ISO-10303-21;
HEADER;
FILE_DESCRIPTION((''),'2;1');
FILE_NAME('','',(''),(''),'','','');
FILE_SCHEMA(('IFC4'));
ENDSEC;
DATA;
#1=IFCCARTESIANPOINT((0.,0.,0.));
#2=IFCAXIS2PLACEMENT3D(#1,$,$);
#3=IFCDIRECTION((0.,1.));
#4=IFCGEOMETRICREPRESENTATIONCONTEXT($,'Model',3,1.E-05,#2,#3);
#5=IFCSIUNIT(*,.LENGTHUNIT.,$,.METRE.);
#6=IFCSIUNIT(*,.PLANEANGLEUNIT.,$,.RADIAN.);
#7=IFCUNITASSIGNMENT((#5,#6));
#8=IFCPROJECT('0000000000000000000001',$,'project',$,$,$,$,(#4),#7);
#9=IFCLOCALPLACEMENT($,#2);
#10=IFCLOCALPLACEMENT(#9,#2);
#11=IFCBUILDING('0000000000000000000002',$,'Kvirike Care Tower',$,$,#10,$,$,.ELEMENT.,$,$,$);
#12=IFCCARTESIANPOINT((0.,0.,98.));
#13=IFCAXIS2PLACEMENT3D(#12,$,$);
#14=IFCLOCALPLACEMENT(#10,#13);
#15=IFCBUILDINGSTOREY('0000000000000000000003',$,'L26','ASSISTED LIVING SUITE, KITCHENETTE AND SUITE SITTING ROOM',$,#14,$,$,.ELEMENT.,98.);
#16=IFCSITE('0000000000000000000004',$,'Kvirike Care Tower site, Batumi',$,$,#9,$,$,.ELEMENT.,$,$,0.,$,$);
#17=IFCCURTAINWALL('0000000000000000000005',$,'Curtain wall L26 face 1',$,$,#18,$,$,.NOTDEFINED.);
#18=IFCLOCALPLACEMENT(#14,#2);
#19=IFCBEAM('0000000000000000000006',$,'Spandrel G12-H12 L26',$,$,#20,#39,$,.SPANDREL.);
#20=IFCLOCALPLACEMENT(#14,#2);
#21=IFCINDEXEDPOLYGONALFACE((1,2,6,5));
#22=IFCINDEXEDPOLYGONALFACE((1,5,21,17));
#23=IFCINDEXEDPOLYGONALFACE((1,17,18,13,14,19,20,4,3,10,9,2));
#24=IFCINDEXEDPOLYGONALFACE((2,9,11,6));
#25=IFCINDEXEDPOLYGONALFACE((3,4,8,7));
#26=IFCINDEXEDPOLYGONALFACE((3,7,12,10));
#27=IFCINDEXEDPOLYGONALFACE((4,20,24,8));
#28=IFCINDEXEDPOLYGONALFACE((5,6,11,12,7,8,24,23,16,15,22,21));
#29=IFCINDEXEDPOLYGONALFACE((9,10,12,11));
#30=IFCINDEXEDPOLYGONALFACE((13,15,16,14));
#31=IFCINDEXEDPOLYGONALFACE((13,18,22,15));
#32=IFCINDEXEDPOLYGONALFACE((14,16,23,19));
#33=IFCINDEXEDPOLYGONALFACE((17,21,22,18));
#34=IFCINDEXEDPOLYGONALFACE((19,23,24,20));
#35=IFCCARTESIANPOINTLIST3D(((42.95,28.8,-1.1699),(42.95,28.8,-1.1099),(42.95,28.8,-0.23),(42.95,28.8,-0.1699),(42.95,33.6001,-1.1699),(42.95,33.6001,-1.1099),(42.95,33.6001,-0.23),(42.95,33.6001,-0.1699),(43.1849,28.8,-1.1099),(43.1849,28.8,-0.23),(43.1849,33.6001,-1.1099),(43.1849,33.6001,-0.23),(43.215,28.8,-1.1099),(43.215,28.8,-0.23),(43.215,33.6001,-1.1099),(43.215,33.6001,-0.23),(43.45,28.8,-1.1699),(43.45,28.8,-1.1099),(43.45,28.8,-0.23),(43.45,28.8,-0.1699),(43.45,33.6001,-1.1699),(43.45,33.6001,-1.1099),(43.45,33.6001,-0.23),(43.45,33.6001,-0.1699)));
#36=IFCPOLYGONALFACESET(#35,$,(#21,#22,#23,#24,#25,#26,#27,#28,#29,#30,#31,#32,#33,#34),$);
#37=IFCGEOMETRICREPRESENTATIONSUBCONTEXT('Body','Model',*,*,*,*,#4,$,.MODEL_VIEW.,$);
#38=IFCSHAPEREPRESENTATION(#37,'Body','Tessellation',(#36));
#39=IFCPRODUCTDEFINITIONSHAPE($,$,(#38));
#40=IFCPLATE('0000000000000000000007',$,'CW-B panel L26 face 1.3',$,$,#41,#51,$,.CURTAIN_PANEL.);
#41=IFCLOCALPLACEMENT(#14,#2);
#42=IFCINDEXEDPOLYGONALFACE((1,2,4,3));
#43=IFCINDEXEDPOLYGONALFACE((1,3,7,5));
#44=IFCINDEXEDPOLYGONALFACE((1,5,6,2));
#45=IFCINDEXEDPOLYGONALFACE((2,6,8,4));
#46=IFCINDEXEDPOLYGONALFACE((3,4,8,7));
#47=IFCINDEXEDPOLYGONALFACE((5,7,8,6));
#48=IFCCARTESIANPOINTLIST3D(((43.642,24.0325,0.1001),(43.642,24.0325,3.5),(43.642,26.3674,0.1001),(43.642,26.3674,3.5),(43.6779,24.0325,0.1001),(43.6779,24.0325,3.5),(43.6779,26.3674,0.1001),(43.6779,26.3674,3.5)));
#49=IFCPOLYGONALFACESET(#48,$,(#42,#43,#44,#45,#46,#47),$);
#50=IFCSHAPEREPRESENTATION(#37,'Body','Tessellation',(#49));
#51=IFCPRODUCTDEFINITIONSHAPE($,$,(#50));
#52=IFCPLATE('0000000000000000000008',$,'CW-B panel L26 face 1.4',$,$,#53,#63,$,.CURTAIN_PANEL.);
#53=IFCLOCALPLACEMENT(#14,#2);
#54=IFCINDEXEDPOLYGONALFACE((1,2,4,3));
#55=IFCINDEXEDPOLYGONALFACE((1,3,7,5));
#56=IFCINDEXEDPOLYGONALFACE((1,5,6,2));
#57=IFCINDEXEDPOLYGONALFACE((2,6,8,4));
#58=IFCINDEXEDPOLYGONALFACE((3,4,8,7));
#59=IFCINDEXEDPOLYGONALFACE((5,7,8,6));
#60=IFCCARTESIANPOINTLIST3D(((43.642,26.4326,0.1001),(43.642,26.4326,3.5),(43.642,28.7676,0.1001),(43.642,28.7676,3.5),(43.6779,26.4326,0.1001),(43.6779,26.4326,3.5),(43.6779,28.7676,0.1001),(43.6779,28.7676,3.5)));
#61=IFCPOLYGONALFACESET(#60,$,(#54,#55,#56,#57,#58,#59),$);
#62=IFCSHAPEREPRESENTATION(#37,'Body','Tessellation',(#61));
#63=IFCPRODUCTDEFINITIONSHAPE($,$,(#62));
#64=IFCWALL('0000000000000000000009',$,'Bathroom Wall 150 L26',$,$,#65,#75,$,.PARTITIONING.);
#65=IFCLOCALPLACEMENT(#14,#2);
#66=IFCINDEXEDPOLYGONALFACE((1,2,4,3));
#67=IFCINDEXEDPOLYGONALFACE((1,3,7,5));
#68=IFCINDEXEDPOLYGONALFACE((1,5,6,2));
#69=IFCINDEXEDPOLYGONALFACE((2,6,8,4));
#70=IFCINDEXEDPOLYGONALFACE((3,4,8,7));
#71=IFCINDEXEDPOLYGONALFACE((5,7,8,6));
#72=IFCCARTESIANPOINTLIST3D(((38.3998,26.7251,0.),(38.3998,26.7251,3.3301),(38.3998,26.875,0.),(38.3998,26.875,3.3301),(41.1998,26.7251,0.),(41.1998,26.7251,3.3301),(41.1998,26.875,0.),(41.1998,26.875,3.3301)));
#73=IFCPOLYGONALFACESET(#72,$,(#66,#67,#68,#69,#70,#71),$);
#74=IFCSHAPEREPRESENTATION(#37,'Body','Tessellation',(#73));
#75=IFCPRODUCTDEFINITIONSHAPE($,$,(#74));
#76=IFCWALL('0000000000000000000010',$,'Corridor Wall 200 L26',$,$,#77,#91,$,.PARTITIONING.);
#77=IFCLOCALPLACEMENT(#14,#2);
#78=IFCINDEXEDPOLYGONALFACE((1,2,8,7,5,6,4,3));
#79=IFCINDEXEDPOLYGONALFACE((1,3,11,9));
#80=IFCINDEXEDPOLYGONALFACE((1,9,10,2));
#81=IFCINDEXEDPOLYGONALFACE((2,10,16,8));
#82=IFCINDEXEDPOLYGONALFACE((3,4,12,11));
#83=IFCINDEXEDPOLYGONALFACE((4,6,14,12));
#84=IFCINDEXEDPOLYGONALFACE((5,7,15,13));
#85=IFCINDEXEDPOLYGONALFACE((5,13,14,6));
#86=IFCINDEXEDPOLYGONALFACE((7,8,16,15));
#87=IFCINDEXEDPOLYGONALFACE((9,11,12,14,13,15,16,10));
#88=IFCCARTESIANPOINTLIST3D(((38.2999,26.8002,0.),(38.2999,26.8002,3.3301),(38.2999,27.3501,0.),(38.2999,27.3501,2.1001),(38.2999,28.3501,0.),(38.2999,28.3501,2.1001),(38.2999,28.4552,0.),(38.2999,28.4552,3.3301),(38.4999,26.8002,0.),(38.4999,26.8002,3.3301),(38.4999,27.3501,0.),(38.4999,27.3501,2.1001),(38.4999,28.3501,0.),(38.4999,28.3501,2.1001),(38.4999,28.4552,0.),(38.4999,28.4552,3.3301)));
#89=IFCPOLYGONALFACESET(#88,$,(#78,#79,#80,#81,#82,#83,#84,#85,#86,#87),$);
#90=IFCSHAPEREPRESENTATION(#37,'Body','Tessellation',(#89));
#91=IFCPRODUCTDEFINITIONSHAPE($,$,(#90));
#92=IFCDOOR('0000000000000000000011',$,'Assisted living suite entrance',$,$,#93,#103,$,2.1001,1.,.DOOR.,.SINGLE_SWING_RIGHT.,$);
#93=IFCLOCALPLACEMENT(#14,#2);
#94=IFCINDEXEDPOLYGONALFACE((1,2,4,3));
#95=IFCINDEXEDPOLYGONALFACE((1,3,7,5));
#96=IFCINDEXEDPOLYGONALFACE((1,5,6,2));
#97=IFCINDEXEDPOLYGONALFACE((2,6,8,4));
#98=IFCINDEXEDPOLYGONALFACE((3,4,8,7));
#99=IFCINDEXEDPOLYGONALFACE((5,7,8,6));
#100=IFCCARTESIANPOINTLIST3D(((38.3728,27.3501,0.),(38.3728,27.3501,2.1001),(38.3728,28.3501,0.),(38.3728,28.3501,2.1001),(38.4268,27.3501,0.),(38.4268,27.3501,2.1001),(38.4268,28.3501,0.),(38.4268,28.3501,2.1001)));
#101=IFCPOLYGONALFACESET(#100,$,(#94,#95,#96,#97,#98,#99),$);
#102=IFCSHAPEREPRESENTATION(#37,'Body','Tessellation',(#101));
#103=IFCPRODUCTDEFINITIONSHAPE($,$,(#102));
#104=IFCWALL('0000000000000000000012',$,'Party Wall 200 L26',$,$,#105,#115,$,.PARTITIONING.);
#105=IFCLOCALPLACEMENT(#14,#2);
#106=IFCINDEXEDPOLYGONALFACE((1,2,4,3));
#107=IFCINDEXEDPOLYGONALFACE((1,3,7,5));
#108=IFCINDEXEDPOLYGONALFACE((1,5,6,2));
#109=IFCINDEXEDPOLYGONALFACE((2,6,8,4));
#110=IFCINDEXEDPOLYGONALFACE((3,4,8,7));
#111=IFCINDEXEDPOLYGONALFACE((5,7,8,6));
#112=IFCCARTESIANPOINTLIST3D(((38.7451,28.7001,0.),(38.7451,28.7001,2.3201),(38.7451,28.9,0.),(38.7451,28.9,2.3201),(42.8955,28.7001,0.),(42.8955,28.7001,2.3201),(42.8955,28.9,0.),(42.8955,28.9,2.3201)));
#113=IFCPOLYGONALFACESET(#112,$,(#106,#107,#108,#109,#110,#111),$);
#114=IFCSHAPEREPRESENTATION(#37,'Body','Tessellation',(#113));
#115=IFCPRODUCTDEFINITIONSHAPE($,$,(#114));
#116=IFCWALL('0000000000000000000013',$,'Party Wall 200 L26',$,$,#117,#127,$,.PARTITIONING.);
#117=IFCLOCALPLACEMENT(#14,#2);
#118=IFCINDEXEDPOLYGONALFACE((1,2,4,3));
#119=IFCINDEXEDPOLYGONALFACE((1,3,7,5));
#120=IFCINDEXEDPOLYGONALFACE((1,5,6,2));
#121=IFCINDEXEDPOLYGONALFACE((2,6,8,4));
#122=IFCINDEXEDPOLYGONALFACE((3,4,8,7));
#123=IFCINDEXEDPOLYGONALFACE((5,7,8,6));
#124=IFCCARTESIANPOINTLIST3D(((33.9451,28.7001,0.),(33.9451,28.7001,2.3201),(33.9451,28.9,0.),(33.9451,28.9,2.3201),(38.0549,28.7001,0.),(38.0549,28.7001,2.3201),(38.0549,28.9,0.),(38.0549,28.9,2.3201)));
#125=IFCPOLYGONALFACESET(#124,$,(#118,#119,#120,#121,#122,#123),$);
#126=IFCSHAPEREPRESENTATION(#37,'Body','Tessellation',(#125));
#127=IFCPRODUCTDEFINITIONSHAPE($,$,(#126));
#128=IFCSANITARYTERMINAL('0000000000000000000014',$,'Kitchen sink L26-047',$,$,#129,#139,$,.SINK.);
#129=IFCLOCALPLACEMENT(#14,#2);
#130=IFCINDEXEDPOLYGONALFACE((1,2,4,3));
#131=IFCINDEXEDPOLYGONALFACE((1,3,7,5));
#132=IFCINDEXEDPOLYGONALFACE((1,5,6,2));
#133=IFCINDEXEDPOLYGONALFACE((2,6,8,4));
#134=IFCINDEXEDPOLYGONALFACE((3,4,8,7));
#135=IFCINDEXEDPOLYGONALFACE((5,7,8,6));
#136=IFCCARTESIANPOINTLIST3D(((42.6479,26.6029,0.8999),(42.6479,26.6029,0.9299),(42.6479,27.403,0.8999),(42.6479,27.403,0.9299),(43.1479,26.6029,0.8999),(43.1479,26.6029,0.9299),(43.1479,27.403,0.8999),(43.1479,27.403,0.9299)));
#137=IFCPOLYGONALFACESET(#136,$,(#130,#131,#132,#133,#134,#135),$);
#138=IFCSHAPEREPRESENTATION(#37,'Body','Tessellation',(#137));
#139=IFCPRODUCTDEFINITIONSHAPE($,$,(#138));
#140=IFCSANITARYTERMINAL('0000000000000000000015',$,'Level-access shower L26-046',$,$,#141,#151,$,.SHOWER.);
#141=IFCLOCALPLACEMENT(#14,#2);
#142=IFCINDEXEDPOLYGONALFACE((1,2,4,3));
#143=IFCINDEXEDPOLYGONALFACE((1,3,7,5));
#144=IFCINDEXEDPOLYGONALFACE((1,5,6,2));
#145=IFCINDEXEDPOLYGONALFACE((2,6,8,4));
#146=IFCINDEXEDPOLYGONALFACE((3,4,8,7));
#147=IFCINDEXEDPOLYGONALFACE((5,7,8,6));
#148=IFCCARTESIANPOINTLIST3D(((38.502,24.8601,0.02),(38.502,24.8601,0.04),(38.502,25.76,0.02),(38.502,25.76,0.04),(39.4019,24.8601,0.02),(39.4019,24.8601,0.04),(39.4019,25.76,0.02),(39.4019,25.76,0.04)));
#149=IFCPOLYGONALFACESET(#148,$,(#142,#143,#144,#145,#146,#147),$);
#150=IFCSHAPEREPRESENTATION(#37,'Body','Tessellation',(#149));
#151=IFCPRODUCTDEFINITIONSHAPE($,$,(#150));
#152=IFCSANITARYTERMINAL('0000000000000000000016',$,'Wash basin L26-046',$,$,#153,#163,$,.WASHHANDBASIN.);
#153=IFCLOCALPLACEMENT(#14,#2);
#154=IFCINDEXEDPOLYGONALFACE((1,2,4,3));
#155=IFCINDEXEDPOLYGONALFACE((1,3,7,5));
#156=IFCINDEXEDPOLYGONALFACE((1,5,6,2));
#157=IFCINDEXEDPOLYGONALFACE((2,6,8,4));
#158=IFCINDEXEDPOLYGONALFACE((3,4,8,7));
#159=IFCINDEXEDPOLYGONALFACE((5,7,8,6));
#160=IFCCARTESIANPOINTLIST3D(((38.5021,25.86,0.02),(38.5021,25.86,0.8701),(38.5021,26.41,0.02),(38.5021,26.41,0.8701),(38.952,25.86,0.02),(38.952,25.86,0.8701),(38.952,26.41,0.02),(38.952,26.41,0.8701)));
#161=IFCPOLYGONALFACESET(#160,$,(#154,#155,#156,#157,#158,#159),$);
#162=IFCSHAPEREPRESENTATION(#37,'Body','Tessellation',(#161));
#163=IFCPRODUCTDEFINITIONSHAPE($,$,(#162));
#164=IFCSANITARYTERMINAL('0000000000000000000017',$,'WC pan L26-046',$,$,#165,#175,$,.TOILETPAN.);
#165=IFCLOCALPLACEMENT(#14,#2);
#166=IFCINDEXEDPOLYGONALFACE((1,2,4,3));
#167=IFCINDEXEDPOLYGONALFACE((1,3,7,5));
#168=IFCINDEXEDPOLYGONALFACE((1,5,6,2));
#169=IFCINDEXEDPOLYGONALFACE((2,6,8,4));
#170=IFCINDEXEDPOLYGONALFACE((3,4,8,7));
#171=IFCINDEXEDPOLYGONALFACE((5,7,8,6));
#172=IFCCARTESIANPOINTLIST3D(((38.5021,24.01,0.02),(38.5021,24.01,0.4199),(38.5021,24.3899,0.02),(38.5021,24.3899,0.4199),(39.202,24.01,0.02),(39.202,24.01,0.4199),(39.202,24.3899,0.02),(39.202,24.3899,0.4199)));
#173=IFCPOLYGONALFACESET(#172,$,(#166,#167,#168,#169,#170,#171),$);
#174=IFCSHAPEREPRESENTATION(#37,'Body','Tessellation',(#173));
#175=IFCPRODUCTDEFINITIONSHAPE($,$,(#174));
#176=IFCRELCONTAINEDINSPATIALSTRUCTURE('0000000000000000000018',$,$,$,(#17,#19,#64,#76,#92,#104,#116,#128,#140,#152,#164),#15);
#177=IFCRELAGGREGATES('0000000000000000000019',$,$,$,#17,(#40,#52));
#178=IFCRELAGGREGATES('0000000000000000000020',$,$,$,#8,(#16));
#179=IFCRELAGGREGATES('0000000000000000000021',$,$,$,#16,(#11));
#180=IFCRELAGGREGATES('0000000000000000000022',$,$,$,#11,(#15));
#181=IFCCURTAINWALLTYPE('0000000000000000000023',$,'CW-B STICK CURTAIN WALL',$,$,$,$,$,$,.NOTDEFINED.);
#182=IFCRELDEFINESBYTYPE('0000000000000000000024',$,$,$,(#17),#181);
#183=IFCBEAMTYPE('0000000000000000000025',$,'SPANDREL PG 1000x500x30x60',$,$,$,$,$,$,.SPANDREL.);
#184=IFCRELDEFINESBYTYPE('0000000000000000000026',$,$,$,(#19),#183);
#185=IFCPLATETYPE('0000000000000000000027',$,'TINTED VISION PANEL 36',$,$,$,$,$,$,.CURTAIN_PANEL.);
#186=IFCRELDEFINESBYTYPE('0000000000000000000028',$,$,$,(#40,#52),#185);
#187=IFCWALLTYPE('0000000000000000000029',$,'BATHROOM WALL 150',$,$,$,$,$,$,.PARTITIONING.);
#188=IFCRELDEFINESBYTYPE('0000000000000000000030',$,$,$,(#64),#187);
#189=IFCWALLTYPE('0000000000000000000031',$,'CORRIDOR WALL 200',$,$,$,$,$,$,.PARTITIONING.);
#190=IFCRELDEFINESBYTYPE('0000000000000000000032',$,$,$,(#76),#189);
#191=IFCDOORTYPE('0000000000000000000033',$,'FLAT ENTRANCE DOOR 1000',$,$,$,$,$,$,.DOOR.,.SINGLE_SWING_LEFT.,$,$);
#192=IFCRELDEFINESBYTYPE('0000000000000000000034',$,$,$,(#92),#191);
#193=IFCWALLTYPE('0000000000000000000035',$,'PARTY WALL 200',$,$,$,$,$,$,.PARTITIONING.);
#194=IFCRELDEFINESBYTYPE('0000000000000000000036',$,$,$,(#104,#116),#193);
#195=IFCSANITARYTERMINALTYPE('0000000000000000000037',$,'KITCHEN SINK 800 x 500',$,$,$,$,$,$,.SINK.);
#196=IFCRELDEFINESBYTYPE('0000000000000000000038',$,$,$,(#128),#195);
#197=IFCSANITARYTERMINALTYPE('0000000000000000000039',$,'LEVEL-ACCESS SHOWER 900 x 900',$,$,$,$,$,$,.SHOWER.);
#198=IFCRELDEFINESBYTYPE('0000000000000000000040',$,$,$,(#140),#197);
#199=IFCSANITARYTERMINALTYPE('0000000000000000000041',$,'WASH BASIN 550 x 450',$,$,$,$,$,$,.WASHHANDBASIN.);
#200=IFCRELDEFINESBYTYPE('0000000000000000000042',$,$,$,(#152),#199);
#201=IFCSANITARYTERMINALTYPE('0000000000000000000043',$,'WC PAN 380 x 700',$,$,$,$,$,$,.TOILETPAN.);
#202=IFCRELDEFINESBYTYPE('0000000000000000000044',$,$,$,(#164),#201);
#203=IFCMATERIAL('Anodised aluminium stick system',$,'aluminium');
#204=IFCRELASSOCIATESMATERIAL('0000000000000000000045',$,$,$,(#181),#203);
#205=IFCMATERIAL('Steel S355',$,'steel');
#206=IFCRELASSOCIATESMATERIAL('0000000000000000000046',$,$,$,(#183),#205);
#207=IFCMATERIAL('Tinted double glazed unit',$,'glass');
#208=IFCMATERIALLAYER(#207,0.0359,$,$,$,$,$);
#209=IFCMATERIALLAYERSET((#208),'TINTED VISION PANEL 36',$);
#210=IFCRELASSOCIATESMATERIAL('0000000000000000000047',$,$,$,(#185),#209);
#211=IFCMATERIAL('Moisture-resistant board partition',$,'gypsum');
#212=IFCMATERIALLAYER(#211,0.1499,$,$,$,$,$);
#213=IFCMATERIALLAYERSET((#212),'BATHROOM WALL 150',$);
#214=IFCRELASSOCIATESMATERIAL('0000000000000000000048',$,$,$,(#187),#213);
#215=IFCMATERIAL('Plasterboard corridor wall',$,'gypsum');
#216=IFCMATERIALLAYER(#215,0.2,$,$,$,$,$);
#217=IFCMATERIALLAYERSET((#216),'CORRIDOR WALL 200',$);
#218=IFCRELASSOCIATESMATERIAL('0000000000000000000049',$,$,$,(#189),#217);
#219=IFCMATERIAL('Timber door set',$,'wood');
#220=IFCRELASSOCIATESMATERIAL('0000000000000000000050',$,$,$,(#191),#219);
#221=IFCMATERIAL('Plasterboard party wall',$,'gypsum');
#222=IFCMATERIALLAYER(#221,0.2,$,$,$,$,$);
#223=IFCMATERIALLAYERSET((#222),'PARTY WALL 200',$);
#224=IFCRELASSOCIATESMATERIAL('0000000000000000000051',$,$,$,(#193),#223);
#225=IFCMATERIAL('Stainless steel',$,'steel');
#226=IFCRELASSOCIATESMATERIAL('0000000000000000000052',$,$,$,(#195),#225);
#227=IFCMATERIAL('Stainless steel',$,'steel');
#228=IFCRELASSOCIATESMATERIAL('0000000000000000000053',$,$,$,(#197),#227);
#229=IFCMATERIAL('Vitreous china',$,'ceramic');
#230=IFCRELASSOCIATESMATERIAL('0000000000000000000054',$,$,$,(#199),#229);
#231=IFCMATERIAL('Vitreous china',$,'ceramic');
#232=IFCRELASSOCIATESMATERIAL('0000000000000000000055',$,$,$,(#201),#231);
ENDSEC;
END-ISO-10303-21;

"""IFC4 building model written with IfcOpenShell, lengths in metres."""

from ifc_helpers import new_model, si_unit, direction, frame, frame_2d, origin, origin_2d, place, context, subcontext, project, spatial, rectangle, i_section, extrude, material, layer, layer_set, material_profile, profile_set, type_object, element, fill, aggregate, save


model = new_model("IFC4")

# Units and contexts
model_context = context("Model", 3, precision=1e-05, world=origin(), true_north=direction((0.0, 1.0)))
body_context = subcontext(model_context, "Body", "Model", "MODEL_VIEW")
ifc_project = project(units=[si_unit("LENGTHUNIT", "METRE"), si_unit("PLANEANGLEUNIT", "RADIAN")], contexts=[model_context])

# Site, building, storey
site_placement = place(None, origin())
site = spatial("IfcSite", under=ifc_project, at=site_placement, Name="Kvirike Care Tower site, Batumi", CompositionType="ELEMENT", RefElevation=0.0)
building_placement = place(site_placement, origin())
building = spatial("IfcBuilding", under=site, at=building_placement, Name="Kvirike Care Tower", CompositionType="ELEMENT")
storey_placement = place(building_placement, frame((0.0, 0.0, 98.0)))
storey = spatial("IfcBuildingStorey", under=building, at=storey_placement, Name="L26", Description="ASSISTED LIVING SUITE, KITCHENETTE AND SUITE SITTING ROOM", CompositionType="ELEMENT", Elevation=98.0)

# Curtain wall
ifc_material_1 = material(Name="Anodised aluminium stick system", Category="aluminium")
curtain_wall_type = type_object("IfcCurtainWallType", Name="CW-B STICK CURTAIN WALL", PredefinedType="NOTDEFINED", material=ifc_material_1)
curtain_wall_placement = place(storey_placement, origin())
curtain_wall = element("IfcCurtainWall", 1, at=curtain_wall_placement, inside=storey, type_object=curtain_wall_type, Name="Curtain wall L26 face 1", PredefinedType="NOTDEFINED")

# Beam
ifc_material_2 = material(Name="Steel S355", Category="steel")
ifc_material_profile_1 = material_profile(ifc_material_2, i_section(OverallWidth=0.5, OverallDepth=1.0, WebThickness=0.03, FlangeThickness=0.0601, at=origin_2d()), Name="PG 1000x500x30x60")
ifc_profile_set_1 = profile_set([ifc_material_profile_1], Name="Steel S355")
beam_type_1 = type_object("IfcBeamType", Name="SPANDREL PG 1000x500x30x60", PredefinedType="SPANDREL", material=ifc_profile_set_1)
beam_1_placement = place(storey_placement, frame((43.2, 28.8, -0.6699), z_axis=(0.0, 1.0, 0.0), x_axis=(-1.0, 0.0, 0.0)))
element("IfcBeam", 2, at=beam_1_placement, inside=storey, type_object=beam_type_1, Name="Spandrel G12-H12 L26", PredefinedType="SPANDREL", context=body_context, shape_type="SweptSolid", body=[
    extrude(i_section(OverallWidth=0.5, OverallDepth=1.0, WebThickness=0.03, FlangeThickness=0.0601, at=origin_2d()), origin(), (0.0, 0.0, 1.0), 4.8),
])

# Plates
ifc_material_3 = material(Name="Tinted double glazed unit", Category="glass")
ifc_layer_1 = layer(ifc_material_3, 0.0359)
ifc_layer_set_1 = layer_set([ifc_layer_1], Name="TINTED VISION PANEL 36")
plate_type = type_object("IfcPlateType", Name="TINTED VISION PANEL 36", PredefinedType="CURTAIN_PANEL", material=ifc_layer_set_1)
plate_1_placement = place(storey_placement, frame((43.6599, 25.2, 0.1001), z_axis=(0.0, 0.0, 1.0), x_axis=(0.0, 1.0, 0.0)))
plate_1 = element("IfcPlate", 3, at=plate_1_placement, type_object=plate_type, Name="CW-B panel L26 face 1.3", PredefinedType="CURTAIN_PANEL", context=body_context, shape_type="SweptSolid", body=[
    extrude(rectangle(XDim=2.335, YDim=0.0359, at=origin_2d()), origin(), (0.0, 0.0, 1.0), 3.3999),
])
plate_2_placement = place(storey_placement, frame((43.6599, 27.6001, 0.1001), z_axis=(0.0, 0.0, 1.0), x_axis=(0.0, 1.0, 0.0)))
plate_2 = element("IfcPlate", 4, at=plate_2_placement, type_object=plate_type, Name="CW-B panel L26 face 1.4", PredefinedType="CURTAIN_PANEL", context=body_context, shape_type="SweptSolid", body=[
    extrude(rectangle(XDim=2.335, YDim=0.0359, at=origin_2d()), origin(), (0.0, 0.0, 1.0), 3.3999),
])
aggregate(curtain_wall, [plate_1, plate_2])

# Wall
ifc_material_4 = material(Name="Moisture-resistant board partition", Category="gypsum")
ifc_layer_2 = layer(ifc_material_4, 0.1499)
ifc_layer_set_2 = layer_set([ifc_layer_2], Name="BATHROOM WALL 150")
wall_type_1 = type_object("IfcWallType", Name="BATHROOM WALL 150", PredefinedType="PARTITIONING", material=ifc_layer_set_2)
wall_1_placement = place(storey_placement, frame((38.3999, 26.8, 0.0), z_axis=(0.0, 0.0, 1.0), x_axis=(1.0, 0.0, 0.0)))
element("IfcWall", 5, at=wall_1_placement, inside=storey, type_object=wall_type_1, Name="Bathroom Wall 150 L26", PredefinedType="PARTITIONING", context=body_context, shape_type="SweptSolid", body=[
    extrude(rectangle(XDim=2.8, YDim=0.1499, at=frame_2d((1.3999, 0.0))), origin(), (0.0, 0.0, 1.0), 3.3301),
])

# Wall, opening, door
ifc_material_5 = material(Name="Plasterboard corridor wall", Category="gypsum")
ifc_layer_3 = layer(ifc_material_5, 0.2)
ifc_layer_set_3 = layer_set([ifc_layer_3], Name="CORRIDOR WALL 200")
wall_type_2 = type_object("IfcWallType", Name="CORRIDOR WALL 200", PredefinedType="PARTITIONING", material=ifc_layer_set_3)
wall_2_placement = place(storey_placement, frame((38.3999, 26.8, 0.0), z_axis=(0.0, 0.0, 1.0), x_axis=(0.0, 1.0, 0.0)))
wall_2 = element("IfcWall", 6, at=wall_2_placement, inside=storey, type_object=wall_type_2, Name="Corridor Wall 200 L26", PredefinedType="PARTITIONING", context=body_context, shape_type="SweptSolid", body=[
    extrude(rectangle(XDim=1.655, YDim=0.2, at=frame_2d((0.8276, 0.0))), origin(), (0.0, 0.0, 1.0), 3.3301),
])
opening_placement = place(wall_2_placement, frame((0.55, 0.0, 0.0)))
opening = element("IfcOpeningElement", 7, at=opening_placement, cuts=wall_2, PredefinedType="OPENING", context=body_context, shape_type="SweptSolid", body=[
    extrude(rectangle(XDim=1.0, YDim=2.1001, at=frame_2d((0.5, 1.05))), frame((0.0, 0.1106, 0.0), z_axis=(0.0, -1.0, 0.0), x_axis=(1.0, 0.0, 0.0)), (0.0, 0.0, 1.0), 0.2209),
])
ifc_material_6 = material(Name="Timber door set", Category="wood")
door_type = type_object("IfcDoorType", Name="FLAT ENTRANCE DOOR 1000", OperationType="SINGLE_SWING_LEFT", PredefinedType="DOOR", material=ifc_material_6)
door_placement = place(opening_placement, frame((1.0, 0.0, 0.0), z_axis=(0.0, 0.0, 1.0), x_axis=(-1.0, 0.0, 0.0)))
door = element("IfcDoor", 8, at=door_placement, inside=storey, type_object=door_type, Name="Assisted living suite entrance", OperationType="SINGLE_SWING_RIGHT", OverallHeight=2.1001, OverallWidth=1.0, PredefinedType="DOOR", context=body_context, shape_type="SweptSolid", body=[
    extrude(rectangle(XDim=1.0, YDim=2.1001, at=frame_2d((0.5, 1.05))), frame((0.0, 0.0269, 0.0), z_axis=(0.0, -1.0, 0.0), x_axis=(1.0, 0.0, 0.0)), (0.0, 0.0, 1.0), 0.054),
])
fill(opening, door)

# Walls
ifc_material_7 = material(Name="Plasterboard party wall", Category="gypsum")
ifc_layer_4 = layer(ifc_material_7, 0.2)
ifc_layer_set_4 = layer_set([ifc_layer_4], Name="PARTY WALL 200")
wall_type_3 = type_object("IfcWallType", Name="PARTY WALL 200", PredefinedType="PARTITIONING", material=ifc_layer_set_4)
wall_3_placement = place(storey_placement, frame((42.8955, 28.8, 0.0), z_axis=(0.0, 0.0, 1.0), x_axis=(-1.0, 0.0, 0.0)))
element("IfcWall", 9, at=wall_3_placement, inside=storey, type_object=wall_type_3, Name="Party Wall 200 L26", PredefinedType="PARTITIONING", context=body_context, shape_type="SweptSolid", body=[
    extrude(rectangle(XDim=4.1504, YDim=0.2, at=frame_2d((2.0752, 0.0))), origin(), (0.0, 0.0, 1.0), 2.3201),
])
wall_4_placement = place(storey_placement, frame((38.0549, 28.8, 0.0), z_axis=(0.0, 0.0, 1.0), x_axis=(-1.0, 0.0, 0.0)))
element("IfcWall", 10, at=wall_4_placement, inside=storey, type_object=wall_type_3, Name="Party Wall 200 L26", PredefinedType="PARTITIONING", context=body_context, shape_type="SweptSolid", body=[
    extrude(rectangle(XDim=4.1099, YDim=0.2, at=frame_2d((2.0549, 0.0))), origin(), (0.0, 0.0, 1.0), 2.3201),
])

# Sanitary terminals
ifc_material_8 = material(Name="Stainless steel", Category="steel")
sanitary_terminal_type_1 = type_object("IfcSanitaryTerminalType", Name="KITCHEN SINK 800 x 500", PredefinedType="SINK", material=ifc_material_8)
sanitary_terminal_1_placement = place(storey_placement, frame((42.8979, 27.0029, 0.8999), z_axis=(0.0, 0.0, 1.0), x_axis=(0.0, -1.0, 0.0)))
element("IfcSanitaryTerminal", 11, at=sanitary_terminal_1_placement, inside=storey, type_object=sanitary_terminal_type_1, Name="Kitchen sink L26-047", PredefinedType="SINK", context=body_context, shape_type="SweptSolid", body=[
    extrude(rectangle(XDim=0.8, YDim=0.5, at=origin_2d()), origin(), (0.0, 0.0, 1.0), 0.03),
])
ifc_material_9 = material(Name="Stainless steel", Category="steel")
sanitary_terminal_type_2 = type_object("IfcSanitaryTerminalType", Name="LEVEL-ACCESS SHOWER 900 x 900", PredefinedType="SHOWER", material=ifc_material_9)
sanitary_terminal_2_placement = place(storey_placement, frame((38.9519, 25.3101, 0.02), z_axis=(0.0, 0.0, 1.0), x_axis=(0.0, 1.0, 0.0)))
element("IfcSanitaryTerminal", 12, at=sanitary_terminal_2_placement, inside=storey, type_object=sanitary_terminal_type_2, Name="Level-access shower L26-046", PredefinedType="SHOWER", context=body_context, shape_type="SweptSolid", body=[
    extrude(rectangle(XDim=0.8999, YDim=0.8999, at=origin_2d()), origin(), (0.0, 0.0, 1.0), 0.02),
])
ifc_material_10 = material(Name="Vitreous china", Category="ceramic")
sanitary_terminal_type_3 = type_object("IfcSanitaryTerminalType", Name="WASH BASIN 550 x 450", PredefinedType="WASHHANDBASIN", material=ifc_material_10)
sanitary_terminal_3_placement = place(storey_placement, frame((38.7271, 26.135, 0.02), z_axis=(0.0, 0.0, 1.0), x_axis=(0.0, 1.0, 0.0)))
element("IfcSanitaryTerminal", 13, at=sanitary_terminal_3_placement, inside=storey, type_object=sanitary_terminal_type_3, Name="Wash basin L26-046", PredefinedType="WASHHANDBASIN", context=body_context, shape_type="SweptSolid", body=[
    extrude(rectangle(XDim=0.55, YDim=0.45, at=origin_2d()), origin(), (0.0, 0.0, 1.0), 0.8501),
])
ifc_material_11 = material(Name="Vitreous china", Category="ceramic")
sanitary_terminal_type_4 = type_object("IfcSanitaryTerminalType", Name="WC PAN 380 x 700", PredefinedType="TOILETPAN", material=ifc_material_11)
sanitary_terminal_4_placement = place(storey_placement, frame((38.8521, 24.2, 0.02), z_axis=(0.0, 0.0, 1.0), x_axis=(0.0, 1.0, 0.0)))
element("IfcSanitaryTerminal", 14, at=sanitary_terminal_4_placement, inside=storey, type_object=sanitary_terminal_type_4, Name="WC pan L26-046", PredefinedType="TOILETPAN", context=body_context, shape_type="SweptSolid", body=[
    extrude(rectangle(XDim=0.3799, YDim=0.7, at=origin_2d()), origin(), (0.0, 0.0, 1.0), 0.3999),
])

save(model, "model.ifc")
